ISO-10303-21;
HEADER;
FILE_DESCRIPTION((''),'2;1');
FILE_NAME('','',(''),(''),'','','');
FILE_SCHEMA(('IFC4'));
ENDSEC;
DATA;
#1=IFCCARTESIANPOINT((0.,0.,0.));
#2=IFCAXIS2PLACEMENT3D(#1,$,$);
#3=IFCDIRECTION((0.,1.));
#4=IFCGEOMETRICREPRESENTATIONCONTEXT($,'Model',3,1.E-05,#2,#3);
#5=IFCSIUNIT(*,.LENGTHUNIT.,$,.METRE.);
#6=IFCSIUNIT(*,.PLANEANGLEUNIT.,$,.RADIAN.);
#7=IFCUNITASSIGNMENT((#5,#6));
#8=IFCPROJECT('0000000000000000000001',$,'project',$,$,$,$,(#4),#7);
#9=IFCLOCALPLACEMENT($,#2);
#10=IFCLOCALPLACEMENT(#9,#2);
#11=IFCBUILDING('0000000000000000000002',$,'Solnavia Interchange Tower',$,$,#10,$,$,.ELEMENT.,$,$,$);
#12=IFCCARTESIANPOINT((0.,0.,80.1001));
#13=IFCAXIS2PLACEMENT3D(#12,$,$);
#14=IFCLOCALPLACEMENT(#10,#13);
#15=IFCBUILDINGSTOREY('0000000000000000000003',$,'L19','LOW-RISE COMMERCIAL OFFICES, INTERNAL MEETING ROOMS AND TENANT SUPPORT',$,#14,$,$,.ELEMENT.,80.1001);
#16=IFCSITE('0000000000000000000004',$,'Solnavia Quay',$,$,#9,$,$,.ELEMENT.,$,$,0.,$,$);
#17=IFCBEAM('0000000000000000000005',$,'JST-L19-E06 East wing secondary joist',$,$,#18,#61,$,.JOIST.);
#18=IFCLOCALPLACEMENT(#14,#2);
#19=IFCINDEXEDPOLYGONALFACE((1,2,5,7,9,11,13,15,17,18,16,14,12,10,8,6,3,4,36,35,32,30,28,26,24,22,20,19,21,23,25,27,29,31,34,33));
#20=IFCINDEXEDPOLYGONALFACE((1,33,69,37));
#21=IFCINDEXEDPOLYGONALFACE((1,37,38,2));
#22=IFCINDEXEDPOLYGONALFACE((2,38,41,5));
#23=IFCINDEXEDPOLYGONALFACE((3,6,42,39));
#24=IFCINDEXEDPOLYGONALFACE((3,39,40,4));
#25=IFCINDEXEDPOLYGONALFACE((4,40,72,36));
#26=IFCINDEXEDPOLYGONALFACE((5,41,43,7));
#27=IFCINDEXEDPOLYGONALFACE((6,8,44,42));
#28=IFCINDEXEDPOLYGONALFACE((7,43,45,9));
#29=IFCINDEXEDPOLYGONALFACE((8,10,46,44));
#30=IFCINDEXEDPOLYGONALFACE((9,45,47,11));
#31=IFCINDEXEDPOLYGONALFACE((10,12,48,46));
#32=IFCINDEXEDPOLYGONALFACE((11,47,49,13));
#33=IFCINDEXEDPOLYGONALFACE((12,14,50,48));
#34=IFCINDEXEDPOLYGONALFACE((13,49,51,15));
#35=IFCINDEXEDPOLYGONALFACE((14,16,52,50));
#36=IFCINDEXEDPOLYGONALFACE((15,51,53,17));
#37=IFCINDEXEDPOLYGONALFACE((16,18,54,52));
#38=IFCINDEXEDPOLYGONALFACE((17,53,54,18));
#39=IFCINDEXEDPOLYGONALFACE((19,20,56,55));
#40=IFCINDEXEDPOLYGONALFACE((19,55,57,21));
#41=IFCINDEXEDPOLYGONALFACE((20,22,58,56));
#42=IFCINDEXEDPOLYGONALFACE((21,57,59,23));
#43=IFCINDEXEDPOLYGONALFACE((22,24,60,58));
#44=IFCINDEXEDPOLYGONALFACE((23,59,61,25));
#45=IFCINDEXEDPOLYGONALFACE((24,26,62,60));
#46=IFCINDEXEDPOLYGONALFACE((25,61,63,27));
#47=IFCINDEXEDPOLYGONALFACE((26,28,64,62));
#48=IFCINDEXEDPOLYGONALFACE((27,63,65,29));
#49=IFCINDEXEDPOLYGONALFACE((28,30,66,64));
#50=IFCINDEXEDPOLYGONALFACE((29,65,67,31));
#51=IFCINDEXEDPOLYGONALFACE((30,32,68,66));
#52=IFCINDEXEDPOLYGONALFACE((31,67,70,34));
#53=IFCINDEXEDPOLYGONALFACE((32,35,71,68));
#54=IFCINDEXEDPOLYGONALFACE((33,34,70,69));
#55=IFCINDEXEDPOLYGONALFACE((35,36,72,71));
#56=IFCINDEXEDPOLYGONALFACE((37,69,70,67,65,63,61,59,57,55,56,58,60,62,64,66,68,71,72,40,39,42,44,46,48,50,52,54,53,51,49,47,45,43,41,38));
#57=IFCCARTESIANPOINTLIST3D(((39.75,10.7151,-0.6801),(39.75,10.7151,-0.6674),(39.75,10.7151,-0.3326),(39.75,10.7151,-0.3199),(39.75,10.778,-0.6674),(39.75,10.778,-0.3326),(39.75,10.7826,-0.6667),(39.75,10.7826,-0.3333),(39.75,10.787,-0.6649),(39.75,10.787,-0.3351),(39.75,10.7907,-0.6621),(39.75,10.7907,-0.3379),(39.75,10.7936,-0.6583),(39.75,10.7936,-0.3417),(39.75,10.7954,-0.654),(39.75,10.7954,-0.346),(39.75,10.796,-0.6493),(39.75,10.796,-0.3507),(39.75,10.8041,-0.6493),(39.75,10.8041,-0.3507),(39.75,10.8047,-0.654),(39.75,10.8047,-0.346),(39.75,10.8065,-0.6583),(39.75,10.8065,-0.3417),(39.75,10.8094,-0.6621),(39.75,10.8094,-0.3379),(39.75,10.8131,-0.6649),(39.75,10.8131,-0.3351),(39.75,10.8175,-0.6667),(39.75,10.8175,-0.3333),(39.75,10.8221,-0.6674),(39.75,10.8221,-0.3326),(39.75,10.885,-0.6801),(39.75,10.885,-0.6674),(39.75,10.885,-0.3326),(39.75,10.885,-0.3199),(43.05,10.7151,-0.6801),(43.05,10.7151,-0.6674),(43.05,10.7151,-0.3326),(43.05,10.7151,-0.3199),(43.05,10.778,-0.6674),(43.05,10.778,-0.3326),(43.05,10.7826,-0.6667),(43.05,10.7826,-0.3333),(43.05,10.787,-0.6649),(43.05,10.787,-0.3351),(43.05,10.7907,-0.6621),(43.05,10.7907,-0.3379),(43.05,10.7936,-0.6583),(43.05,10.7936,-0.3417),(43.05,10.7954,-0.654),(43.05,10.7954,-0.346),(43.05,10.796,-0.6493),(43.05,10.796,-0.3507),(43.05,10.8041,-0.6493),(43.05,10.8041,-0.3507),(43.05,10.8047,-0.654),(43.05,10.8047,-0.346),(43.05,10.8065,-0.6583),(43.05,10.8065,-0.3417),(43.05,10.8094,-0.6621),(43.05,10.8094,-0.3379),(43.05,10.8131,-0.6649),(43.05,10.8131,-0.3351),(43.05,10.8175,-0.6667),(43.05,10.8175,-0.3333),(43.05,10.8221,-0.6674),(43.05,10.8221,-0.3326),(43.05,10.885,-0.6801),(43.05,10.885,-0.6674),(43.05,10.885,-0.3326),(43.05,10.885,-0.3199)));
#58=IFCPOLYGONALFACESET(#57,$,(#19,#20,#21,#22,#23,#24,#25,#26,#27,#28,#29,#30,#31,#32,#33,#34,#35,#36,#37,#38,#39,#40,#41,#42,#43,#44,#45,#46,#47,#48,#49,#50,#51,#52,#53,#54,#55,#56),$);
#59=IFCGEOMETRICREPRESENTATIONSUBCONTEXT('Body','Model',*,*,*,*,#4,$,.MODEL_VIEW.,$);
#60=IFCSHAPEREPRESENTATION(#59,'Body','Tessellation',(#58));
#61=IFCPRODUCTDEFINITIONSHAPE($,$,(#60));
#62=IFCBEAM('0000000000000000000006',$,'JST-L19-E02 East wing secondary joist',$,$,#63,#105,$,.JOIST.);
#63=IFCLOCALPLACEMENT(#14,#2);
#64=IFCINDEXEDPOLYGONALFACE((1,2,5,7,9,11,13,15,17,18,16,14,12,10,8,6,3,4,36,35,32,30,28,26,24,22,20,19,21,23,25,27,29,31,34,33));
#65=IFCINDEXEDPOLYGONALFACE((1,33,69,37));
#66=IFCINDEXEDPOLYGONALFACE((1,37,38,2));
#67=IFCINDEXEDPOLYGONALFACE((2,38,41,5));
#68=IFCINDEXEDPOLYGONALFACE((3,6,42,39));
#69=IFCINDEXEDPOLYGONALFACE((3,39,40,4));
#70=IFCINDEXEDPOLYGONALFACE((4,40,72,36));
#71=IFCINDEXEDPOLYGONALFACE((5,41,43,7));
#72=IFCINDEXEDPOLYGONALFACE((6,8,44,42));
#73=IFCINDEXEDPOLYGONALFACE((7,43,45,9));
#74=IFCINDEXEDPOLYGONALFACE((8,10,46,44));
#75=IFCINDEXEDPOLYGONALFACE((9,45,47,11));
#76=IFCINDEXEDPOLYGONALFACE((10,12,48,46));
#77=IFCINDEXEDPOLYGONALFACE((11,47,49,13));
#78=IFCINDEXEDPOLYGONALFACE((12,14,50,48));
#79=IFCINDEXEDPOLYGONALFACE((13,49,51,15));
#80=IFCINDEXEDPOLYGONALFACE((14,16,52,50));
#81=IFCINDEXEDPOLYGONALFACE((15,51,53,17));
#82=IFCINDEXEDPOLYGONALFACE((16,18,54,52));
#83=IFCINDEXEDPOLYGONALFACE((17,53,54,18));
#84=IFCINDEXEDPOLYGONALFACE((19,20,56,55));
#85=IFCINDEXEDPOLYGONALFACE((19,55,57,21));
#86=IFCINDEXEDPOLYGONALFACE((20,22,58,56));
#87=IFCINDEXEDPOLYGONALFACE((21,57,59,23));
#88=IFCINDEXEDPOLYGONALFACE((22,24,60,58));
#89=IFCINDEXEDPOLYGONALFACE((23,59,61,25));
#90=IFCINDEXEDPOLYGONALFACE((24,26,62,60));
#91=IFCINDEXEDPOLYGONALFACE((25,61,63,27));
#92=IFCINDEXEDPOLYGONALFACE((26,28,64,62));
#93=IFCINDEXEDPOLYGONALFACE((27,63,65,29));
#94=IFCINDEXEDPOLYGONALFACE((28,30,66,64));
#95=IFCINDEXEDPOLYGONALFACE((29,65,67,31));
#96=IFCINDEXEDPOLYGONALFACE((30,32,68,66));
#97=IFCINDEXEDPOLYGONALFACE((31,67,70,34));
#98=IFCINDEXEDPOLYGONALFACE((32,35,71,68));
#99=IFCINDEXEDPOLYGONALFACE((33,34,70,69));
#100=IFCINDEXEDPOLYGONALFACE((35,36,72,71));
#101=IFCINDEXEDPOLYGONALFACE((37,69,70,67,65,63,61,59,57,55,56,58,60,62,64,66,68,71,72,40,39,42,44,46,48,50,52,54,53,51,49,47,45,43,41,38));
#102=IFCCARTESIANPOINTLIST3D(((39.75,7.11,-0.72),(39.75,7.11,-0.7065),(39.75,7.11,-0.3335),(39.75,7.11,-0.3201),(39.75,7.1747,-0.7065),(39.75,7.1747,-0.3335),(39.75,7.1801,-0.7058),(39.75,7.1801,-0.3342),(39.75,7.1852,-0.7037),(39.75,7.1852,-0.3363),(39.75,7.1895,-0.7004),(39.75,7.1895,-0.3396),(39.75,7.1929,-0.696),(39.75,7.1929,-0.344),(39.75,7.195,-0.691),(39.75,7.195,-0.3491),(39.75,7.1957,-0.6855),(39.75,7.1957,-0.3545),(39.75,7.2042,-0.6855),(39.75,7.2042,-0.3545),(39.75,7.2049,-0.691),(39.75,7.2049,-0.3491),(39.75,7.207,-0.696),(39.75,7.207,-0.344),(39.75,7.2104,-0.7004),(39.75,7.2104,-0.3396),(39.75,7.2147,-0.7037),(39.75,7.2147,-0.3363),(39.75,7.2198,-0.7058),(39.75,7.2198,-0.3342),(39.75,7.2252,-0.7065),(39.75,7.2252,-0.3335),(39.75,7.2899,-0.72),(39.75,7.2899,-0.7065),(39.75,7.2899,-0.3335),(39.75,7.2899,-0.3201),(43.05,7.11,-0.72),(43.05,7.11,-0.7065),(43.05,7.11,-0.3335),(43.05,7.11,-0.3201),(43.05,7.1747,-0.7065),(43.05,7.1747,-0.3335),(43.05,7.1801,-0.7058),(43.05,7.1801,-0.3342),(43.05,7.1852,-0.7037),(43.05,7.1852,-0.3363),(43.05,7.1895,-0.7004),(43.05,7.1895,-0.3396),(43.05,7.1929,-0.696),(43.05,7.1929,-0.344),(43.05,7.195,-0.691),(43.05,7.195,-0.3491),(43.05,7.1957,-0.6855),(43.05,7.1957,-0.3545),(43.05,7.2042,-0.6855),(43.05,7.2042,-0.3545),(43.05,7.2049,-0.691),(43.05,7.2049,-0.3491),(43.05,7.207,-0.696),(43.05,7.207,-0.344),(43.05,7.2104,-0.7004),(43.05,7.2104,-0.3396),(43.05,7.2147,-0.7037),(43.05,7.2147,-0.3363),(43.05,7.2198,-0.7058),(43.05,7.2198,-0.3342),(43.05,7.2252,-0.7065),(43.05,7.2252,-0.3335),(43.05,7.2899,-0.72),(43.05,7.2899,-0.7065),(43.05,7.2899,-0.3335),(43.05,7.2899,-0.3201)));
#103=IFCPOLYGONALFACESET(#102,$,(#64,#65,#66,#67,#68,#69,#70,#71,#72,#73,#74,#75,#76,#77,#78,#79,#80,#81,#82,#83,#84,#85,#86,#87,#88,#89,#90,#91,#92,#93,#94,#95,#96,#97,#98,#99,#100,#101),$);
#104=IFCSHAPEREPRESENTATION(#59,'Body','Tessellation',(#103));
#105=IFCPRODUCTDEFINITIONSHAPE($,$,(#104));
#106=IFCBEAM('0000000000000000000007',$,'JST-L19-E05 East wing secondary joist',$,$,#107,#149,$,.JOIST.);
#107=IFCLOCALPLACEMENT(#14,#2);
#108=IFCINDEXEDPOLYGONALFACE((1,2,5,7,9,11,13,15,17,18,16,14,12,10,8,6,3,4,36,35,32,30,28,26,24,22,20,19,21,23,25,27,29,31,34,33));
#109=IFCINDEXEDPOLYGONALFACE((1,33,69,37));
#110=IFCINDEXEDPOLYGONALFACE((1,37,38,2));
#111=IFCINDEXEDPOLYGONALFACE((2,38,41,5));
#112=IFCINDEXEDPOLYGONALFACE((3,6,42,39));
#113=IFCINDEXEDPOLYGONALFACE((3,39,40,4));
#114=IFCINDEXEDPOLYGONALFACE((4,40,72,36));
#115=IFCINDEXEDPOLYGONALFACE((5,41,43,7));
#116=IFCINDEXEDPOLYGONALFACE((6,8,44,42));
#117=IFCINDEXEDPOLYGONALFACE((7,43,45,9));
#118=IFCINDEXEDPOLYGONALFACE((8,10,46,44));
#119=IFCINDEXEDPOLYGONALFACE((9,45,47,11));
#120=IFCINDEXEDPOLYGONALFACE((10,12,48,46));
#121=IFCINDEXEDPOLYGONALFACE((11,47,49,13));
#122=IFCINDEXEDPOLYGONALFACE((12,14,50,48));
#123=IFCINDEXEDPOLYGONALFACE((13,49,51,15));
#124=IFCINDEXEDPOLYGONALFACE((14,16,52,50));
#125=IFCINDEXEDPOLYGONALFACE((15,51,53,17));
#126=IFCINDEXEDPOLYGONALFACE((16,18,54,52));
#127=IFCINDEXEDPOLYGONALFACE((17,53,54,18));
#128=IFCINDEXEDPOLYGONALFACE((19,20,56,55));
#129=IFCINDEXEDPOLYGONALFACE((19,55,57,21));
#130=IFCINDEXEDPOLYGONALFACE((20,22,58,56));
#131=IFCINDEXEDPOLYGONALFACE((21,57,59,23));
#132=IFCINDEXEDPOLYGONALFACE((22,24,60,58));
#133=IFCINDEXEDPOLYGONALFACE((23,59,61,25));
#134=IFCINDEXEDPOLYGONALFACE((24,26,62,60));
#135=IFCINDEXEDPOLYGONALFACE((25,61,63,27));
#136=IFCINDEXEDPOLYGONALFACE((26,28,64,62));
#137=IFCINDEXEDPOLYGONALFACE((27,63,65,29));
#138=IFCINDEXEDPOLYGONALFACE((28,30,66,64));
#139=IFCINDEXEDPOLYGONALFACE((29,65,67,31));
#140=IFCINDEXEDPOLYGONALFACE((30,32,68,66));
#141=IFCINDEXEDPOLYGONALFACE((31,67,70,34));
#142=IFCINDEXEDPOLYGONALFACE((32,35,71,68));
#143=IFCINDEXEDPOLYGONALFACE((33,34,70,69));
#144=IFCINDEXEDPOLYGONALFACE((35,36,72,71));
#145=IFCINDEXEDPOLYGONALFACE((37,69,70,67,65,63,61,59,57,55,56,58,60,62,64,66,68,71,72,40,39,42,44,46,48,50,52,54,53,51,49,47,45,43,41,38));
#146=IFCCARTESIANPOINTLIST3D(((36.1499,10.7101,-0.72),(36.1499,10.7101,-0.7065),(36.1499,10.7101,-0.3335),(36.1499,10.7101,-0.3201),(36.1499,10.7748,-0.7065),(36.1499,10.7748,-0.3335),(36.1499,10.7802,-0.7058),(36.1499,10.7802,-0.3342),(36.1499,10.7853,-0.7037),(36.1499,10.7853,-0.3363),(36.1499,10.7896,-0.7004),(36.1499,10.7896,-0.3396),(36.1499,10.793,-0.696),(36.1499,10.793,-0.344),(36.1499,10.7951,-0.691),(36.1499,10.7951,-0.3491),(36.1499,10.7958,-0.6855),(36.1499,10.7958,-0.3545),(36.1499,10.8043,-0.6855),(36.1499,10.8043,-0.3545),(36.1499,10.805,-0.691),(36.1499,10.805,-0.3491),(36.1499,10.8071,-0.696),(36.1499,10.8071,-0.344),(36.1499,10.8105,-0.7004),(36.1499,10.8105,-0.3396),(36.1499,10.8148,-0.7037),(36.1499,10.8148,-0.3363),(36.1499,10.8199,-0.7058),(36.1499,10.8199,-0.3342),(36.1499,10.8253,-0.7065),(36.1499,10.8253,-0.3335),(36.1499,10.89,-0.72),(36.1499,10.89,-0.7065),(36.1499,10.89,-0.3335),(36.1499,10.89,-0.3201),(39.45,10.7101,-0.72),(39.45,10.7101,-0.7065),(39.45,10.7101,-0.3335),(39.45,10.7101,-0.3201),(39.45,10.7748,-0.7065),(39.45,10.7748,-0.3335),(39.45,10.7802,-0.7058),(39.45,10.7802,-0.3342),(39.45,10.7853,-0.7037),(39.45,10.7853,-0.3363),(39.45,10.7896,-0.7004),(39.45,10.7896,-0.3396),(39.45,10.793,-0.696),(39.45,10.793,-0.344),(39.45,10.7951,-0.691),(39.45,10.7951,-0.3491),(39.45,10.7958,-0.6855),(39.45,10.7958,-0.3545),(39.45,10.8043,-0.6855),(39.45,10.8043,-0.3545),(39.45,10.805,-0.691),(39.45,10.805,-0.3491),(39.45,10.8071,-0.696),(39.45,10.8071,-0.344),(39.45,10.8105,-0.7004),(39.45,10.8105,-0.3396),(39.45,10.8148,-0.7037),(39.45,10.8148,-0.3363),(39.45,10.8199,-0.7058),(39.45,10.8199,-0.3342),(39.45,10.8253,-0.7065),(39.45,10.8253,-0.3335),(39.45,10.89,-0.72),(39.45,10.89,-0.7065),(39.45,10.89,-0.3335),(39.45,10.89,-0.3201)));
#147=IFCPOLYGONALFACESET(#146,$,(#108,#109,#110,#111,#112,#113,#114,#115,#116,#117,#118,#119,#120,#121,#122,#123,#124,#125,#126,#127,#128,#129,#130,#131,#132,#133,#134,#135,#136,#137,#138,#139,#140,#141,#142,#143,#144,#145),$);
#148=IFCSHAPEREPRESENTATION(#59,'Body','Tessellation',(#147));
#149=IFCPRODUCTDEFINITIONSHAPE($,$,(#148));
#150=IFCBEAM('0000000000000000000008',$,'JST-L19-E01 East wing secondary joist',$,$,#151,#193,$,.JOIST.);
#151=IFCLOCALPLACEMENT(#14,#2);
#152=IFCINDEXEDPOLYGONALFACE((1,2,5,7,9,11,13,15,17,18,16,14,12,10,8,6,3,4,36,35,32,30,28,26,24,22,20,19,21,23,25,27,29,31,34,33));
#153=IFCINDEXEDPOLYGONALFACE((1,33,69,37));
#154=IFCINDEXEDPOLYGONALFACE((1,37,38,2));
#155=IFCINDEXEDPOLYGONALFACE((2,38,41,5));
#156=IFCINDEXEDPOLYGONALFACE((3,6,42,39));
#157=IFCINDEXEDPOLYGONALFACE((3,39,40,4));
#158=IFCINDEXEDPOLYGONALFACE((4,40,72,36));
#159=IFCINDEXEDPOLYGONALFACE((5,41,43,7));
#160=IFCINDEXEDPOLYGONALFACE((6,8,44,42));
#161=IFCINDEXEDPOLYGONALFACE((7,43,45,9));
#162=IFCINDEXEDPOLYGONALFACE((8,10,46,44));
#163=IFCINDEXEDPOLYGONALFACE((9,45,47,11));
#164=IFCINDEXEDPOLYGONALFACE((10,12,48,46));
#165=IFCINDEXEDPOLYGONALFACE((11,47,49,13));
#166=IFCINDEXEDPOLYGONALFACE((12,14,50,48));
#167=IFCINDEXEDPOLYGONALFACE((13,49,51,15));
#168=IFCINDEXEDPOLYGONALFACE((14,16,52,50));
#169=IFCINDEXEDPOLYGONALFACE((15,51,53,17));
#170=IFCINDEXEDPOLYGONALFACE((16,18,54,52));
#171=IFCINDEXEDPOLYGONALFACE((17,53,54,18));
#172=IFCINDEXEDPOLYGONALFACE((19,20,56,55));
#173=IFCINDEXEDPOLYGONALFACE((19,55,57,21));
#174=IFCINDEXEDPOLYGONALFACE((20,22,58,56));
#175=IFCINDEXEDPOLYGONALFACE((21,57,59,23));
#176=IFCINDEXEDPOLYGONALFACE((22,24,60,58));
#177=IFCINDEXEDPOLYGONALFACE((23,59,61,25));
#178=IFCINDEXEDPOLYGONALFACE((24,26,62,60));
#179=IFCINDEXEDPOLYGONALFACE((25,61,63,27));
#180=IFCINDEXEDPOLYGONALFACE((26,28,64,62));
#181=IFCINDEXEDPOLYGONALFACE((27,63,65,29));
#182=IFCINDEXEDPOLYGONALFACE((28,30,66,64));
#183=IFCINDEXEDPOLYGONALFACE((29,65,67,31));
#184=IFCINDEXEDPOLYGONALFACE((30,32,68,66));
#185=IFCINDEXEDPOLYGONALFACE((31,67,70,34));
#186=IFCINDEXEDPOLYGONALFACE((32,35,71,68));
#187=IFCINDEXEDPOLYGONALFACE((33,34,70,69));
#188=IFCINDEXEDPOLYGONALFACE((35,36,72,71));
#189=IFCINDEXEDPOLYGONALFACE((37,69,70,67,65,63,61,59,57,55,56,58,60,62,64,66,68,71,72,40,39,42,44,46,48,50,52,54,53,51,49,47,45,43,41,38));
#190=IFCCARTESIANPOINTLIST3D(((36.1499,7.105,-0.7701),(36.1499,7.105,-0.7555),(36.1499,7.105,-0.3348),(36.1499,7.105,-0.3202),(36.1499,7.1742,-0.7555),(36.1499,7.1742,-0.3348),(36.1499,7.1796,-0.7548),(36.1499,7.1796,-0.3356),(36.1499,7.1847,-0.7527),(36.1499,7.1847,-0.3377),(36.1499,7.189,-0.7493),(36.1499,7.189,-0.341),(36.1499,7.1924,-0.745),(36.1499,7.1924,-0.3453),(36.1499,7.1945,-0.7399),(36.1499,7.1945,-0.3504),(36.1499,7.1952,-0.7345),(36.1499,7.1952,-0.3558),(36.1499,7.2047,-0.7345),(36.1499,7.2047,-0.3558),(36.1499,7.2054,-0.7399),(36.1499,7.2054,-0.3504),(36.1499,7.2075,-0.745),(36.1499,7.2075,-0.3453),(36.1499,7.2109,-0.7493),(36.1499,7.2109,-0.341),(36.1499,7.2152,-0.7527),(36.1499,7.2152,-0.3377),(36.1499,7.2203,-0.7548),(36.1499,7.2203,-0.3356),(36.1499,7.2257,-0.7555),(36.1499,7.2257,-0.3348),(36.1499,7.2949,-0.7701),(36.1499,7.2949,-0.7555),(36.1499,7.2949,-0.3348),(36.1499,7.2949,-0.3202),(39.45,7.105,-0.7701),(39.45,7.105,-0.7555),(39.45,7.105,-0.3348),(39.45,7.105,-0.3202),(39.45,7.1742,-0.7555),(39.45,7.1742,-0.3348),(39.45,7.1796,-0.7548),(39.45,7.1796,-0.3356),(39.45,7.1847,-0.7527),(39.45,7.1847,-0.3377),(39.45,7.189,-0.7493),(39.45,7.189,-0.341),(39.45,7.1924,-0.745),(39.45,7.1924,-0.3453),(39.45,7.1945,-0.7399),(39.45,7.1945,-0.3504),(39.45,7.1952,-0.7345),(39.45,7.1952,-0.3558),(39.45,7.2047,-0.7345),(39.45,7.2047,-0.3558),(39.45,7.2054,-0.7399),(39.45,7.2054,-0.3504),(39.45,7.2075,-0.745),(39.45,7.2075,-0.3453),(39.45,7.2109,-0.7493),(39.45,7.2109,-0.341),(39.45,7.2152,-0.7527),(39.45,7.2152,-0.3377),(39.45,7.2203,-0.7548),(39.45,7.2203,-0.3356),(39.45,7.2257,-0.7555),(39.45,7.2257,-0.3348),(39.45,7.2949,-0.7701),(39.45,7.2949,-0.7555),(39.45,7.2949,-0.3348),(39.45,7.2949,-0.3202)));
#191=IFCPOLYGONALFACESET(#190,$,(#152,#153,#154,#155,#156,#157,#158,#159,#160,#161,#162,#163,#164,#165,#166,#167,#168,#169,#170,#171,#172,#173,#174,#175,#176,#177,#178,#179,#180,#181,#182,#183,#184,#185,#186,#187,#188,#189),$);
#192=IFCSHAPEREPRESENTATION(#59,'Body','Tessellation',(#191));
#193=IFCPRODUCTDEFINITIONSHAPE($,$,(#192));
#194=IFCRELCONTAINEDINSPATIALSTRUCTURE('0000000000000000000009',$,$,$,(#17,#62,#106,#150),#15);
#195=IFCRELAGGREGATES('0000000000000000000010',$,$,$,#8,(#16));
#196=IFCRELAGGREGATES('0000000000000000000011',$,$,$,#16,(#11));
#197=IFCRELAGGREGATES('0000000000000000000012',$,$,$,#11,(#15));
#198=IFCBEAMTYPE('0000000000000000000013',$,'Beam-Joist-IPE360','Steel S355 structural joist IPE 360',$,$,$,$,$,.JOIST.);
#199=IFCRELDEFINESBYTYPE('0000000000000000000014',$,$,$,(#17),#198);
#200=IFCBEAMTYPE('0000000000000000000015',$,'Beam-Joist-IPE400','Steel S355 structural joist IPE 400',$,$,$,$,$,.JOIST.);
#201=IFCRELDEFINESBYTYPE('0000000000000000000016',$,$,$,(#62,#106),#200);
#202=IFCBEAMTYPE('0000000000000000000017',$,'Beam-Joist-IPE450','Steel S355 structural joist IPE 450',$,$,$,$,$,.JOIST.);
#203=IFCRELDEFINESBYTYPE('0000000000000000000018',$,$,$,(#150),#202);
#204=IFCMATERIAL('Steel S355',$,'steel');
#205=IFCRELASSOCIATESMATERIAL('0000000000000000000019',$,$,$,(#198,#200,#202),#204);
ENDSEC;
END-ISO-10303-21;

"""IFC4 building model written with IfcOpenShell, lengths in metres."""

from ifc_helpers import new_model, si_unit, direction, frame, origin, origin_2d, place, context, subcontext, project, spatial, i_section, extrude, material, material_profile, profile_set, type_object, element, save


model = new_model("IFC4")

# Units and contexts
model_context = context("Model", 3, precision=1e-05, world=origin(), true_north=direction((0.0, 1.0)))
body_context = subcontext(model_context, "Body", "Model", "MODEL_VIEW")
ifc_project = project(units=[si_unit("LENGTHUNIT", "METRE"), si_unit("PLANEANGLEUNIT", "RADIAN")], contexts=[model_context])

# Site, building, storey
site_placement = place(None, origin())
site = spatial("IfcSite", under=ifc_project, at=site_placement, Name="Solnavia Quay", CompositionType="ELEMENT", RefElevation=0.0)
building_placement = place(site_placement, origin())
building = spatial("IfcBuilding", under=site, at=building_placement, Name="Solnavia Interchange Tower", CompositionType="ELEMENT")
storey_placement = place(building_placement, frame((0.0, 0.0, 80.1001)))
storey = spatial("IfcBuildingStorey", under=building, at=storey_placement, Name="L19", Description="LOW-RISE COMMERCIAL OFFICES, INTERNAL MEETING ROOMS AND TENANT SUPPORT", CompositionType="ELEMENT", Elevation=80.1001)

# Shared definitions
ifc_material_1 = material(Name="Steel S355", Category="steel")

# Beams
ifc_material_profile_1 = material_profile(ifc_material_1, i_section(OverallWidth=0.1699, OverallDepth=0.3601, WebThickness=0.0081, FlangeThickness=0.0127, FilletRadius=0.0181, at=origin_2d()), Name="IPE 360")
ifc_profile_set_1 = profile_set([ifc_material_profile_1], Name="Steel S355")
beam_type_1 = type_object("IfcBeamType", Name="Beam-Joist-IPE360", Description="Steel S355 structural joist IPE 360", PredefinedType="JOIST", material=ifc_profile_set_1)
beam_1_placement = place(storey_placement, frame((39.75, 10.8, -0.5), z_axis=(1.0, 0.0, 0.0), x_axis=(0.0, 1.0, 0.0)))
element("IfcBeam", 1, at=beam_1_placement, inside=storey, type_object=beam_type_1, Name="JST-L19-E06 East wing secondary joist", PredefinedType="JOIST", context=body_context, shape_type="SweptSolid", body=[
    extrude(i_section(OverallWidth=0.1699, OverallDepth=0.3601, WebThickness=0.0081, FlangeThickness=0.0127, FilletRadius=0.0181, at=origin_2d()), origin(), (0.0, 0.0, 1.0), 3.3),
])
ifc_material_profile_2 = material_profile(ifc_material_1, i_section(OverallWidth=0.1799, OverallDepth=0.3999, WebThickness=0.0085, FlangeThickness=0.0134, FilletRadius=0.021, at=origin_2d()), Name="IPE 400")
ifc_profile_set_2 = profile_set([ifc_material_profile_2], Name="Steel S355")
beam_type_2 = type_object("IfcBeamType", Name="Beam-Joist-IPE400", Description="Steel S355 structural joist IPE 400", PredefinedType="JOIST", material=ifc_profile_set_2)
for number, where, z_axis, x_axis, name in (
    (2, (39.75, 7.2, -0.52), (1.0, 0.0, 0.0), (0.0, 1.0, 0.0), "JST-L19-E02 East wing secondary joist"),
    (3, (36.1499, 10.8, -0.52), (1.0, 0.0, 0.0), (0.0, 1.0, 0.0), "JST-L19-E05 East wing secondary joist"),
):
    element("IfcBeam", number, at=place(storey_placement, frame(where, z_axis=z_axis, x_axis=x_axis)), inside=storey, type_object=beam_type_2, Name=name, PredefinedType="JOIST", context=body_context, shape_type="SweptSolid", body=[
        extrude(i_section(OverallWidth=0.1799, OverallDepth=0.3999, WebThickness=0.0085, FlangeThickness=0.0134, FilletRadius=0.021, at=origin_2d()), origin(), (0.0, 0.0, 1.0), 3.3),
    ])
ifc_material_profile_3 = material_profile(ifc_material_1, i_section(OverallWidth=0.1899, OverallDepth=0.45, WebThickness=0.0095, FlangeThickness=0.0146, FilletRadius=0.021, at=origin_2d()), Name="IPE 450")
ifc_profile_set_3 = profile_set([ifc_material_profile_3], Name="Steel S355")
beam_type_3 = type_object("IfcBeamType", Name="Beam-Joist-IPE450", Description="Steel S355 structural joist IPE 450", PredefinedType="JOIST", material=ifc_profile_set_3)
beam_2_placement = place(storey_placement, frame((36.1499, 7.2, -0.5452), z_axis=(1.0, 0.0, 0.0), x_axis=(0.0, 1.0, 0.0)))
element("IfcBeam", 4, at=beam_2_placement, inside=storey, type_object=beam_type_3, Name="JST-L19-E01 East wing secondary joist", PredefinedType="JOIST", context=body_context, shape_type="SweptSolid", body=[
    extrude(i_section(OverallWidth=0.1899, OverallDepth=0.45, WebThickness=0.0095, FlangeThickness=0.0146, FilletRadius=0.021, at=origin_2d()), origin(), (0.0, 0.0, 1.0), 3.3),
])

save(model, "model.ifc")
